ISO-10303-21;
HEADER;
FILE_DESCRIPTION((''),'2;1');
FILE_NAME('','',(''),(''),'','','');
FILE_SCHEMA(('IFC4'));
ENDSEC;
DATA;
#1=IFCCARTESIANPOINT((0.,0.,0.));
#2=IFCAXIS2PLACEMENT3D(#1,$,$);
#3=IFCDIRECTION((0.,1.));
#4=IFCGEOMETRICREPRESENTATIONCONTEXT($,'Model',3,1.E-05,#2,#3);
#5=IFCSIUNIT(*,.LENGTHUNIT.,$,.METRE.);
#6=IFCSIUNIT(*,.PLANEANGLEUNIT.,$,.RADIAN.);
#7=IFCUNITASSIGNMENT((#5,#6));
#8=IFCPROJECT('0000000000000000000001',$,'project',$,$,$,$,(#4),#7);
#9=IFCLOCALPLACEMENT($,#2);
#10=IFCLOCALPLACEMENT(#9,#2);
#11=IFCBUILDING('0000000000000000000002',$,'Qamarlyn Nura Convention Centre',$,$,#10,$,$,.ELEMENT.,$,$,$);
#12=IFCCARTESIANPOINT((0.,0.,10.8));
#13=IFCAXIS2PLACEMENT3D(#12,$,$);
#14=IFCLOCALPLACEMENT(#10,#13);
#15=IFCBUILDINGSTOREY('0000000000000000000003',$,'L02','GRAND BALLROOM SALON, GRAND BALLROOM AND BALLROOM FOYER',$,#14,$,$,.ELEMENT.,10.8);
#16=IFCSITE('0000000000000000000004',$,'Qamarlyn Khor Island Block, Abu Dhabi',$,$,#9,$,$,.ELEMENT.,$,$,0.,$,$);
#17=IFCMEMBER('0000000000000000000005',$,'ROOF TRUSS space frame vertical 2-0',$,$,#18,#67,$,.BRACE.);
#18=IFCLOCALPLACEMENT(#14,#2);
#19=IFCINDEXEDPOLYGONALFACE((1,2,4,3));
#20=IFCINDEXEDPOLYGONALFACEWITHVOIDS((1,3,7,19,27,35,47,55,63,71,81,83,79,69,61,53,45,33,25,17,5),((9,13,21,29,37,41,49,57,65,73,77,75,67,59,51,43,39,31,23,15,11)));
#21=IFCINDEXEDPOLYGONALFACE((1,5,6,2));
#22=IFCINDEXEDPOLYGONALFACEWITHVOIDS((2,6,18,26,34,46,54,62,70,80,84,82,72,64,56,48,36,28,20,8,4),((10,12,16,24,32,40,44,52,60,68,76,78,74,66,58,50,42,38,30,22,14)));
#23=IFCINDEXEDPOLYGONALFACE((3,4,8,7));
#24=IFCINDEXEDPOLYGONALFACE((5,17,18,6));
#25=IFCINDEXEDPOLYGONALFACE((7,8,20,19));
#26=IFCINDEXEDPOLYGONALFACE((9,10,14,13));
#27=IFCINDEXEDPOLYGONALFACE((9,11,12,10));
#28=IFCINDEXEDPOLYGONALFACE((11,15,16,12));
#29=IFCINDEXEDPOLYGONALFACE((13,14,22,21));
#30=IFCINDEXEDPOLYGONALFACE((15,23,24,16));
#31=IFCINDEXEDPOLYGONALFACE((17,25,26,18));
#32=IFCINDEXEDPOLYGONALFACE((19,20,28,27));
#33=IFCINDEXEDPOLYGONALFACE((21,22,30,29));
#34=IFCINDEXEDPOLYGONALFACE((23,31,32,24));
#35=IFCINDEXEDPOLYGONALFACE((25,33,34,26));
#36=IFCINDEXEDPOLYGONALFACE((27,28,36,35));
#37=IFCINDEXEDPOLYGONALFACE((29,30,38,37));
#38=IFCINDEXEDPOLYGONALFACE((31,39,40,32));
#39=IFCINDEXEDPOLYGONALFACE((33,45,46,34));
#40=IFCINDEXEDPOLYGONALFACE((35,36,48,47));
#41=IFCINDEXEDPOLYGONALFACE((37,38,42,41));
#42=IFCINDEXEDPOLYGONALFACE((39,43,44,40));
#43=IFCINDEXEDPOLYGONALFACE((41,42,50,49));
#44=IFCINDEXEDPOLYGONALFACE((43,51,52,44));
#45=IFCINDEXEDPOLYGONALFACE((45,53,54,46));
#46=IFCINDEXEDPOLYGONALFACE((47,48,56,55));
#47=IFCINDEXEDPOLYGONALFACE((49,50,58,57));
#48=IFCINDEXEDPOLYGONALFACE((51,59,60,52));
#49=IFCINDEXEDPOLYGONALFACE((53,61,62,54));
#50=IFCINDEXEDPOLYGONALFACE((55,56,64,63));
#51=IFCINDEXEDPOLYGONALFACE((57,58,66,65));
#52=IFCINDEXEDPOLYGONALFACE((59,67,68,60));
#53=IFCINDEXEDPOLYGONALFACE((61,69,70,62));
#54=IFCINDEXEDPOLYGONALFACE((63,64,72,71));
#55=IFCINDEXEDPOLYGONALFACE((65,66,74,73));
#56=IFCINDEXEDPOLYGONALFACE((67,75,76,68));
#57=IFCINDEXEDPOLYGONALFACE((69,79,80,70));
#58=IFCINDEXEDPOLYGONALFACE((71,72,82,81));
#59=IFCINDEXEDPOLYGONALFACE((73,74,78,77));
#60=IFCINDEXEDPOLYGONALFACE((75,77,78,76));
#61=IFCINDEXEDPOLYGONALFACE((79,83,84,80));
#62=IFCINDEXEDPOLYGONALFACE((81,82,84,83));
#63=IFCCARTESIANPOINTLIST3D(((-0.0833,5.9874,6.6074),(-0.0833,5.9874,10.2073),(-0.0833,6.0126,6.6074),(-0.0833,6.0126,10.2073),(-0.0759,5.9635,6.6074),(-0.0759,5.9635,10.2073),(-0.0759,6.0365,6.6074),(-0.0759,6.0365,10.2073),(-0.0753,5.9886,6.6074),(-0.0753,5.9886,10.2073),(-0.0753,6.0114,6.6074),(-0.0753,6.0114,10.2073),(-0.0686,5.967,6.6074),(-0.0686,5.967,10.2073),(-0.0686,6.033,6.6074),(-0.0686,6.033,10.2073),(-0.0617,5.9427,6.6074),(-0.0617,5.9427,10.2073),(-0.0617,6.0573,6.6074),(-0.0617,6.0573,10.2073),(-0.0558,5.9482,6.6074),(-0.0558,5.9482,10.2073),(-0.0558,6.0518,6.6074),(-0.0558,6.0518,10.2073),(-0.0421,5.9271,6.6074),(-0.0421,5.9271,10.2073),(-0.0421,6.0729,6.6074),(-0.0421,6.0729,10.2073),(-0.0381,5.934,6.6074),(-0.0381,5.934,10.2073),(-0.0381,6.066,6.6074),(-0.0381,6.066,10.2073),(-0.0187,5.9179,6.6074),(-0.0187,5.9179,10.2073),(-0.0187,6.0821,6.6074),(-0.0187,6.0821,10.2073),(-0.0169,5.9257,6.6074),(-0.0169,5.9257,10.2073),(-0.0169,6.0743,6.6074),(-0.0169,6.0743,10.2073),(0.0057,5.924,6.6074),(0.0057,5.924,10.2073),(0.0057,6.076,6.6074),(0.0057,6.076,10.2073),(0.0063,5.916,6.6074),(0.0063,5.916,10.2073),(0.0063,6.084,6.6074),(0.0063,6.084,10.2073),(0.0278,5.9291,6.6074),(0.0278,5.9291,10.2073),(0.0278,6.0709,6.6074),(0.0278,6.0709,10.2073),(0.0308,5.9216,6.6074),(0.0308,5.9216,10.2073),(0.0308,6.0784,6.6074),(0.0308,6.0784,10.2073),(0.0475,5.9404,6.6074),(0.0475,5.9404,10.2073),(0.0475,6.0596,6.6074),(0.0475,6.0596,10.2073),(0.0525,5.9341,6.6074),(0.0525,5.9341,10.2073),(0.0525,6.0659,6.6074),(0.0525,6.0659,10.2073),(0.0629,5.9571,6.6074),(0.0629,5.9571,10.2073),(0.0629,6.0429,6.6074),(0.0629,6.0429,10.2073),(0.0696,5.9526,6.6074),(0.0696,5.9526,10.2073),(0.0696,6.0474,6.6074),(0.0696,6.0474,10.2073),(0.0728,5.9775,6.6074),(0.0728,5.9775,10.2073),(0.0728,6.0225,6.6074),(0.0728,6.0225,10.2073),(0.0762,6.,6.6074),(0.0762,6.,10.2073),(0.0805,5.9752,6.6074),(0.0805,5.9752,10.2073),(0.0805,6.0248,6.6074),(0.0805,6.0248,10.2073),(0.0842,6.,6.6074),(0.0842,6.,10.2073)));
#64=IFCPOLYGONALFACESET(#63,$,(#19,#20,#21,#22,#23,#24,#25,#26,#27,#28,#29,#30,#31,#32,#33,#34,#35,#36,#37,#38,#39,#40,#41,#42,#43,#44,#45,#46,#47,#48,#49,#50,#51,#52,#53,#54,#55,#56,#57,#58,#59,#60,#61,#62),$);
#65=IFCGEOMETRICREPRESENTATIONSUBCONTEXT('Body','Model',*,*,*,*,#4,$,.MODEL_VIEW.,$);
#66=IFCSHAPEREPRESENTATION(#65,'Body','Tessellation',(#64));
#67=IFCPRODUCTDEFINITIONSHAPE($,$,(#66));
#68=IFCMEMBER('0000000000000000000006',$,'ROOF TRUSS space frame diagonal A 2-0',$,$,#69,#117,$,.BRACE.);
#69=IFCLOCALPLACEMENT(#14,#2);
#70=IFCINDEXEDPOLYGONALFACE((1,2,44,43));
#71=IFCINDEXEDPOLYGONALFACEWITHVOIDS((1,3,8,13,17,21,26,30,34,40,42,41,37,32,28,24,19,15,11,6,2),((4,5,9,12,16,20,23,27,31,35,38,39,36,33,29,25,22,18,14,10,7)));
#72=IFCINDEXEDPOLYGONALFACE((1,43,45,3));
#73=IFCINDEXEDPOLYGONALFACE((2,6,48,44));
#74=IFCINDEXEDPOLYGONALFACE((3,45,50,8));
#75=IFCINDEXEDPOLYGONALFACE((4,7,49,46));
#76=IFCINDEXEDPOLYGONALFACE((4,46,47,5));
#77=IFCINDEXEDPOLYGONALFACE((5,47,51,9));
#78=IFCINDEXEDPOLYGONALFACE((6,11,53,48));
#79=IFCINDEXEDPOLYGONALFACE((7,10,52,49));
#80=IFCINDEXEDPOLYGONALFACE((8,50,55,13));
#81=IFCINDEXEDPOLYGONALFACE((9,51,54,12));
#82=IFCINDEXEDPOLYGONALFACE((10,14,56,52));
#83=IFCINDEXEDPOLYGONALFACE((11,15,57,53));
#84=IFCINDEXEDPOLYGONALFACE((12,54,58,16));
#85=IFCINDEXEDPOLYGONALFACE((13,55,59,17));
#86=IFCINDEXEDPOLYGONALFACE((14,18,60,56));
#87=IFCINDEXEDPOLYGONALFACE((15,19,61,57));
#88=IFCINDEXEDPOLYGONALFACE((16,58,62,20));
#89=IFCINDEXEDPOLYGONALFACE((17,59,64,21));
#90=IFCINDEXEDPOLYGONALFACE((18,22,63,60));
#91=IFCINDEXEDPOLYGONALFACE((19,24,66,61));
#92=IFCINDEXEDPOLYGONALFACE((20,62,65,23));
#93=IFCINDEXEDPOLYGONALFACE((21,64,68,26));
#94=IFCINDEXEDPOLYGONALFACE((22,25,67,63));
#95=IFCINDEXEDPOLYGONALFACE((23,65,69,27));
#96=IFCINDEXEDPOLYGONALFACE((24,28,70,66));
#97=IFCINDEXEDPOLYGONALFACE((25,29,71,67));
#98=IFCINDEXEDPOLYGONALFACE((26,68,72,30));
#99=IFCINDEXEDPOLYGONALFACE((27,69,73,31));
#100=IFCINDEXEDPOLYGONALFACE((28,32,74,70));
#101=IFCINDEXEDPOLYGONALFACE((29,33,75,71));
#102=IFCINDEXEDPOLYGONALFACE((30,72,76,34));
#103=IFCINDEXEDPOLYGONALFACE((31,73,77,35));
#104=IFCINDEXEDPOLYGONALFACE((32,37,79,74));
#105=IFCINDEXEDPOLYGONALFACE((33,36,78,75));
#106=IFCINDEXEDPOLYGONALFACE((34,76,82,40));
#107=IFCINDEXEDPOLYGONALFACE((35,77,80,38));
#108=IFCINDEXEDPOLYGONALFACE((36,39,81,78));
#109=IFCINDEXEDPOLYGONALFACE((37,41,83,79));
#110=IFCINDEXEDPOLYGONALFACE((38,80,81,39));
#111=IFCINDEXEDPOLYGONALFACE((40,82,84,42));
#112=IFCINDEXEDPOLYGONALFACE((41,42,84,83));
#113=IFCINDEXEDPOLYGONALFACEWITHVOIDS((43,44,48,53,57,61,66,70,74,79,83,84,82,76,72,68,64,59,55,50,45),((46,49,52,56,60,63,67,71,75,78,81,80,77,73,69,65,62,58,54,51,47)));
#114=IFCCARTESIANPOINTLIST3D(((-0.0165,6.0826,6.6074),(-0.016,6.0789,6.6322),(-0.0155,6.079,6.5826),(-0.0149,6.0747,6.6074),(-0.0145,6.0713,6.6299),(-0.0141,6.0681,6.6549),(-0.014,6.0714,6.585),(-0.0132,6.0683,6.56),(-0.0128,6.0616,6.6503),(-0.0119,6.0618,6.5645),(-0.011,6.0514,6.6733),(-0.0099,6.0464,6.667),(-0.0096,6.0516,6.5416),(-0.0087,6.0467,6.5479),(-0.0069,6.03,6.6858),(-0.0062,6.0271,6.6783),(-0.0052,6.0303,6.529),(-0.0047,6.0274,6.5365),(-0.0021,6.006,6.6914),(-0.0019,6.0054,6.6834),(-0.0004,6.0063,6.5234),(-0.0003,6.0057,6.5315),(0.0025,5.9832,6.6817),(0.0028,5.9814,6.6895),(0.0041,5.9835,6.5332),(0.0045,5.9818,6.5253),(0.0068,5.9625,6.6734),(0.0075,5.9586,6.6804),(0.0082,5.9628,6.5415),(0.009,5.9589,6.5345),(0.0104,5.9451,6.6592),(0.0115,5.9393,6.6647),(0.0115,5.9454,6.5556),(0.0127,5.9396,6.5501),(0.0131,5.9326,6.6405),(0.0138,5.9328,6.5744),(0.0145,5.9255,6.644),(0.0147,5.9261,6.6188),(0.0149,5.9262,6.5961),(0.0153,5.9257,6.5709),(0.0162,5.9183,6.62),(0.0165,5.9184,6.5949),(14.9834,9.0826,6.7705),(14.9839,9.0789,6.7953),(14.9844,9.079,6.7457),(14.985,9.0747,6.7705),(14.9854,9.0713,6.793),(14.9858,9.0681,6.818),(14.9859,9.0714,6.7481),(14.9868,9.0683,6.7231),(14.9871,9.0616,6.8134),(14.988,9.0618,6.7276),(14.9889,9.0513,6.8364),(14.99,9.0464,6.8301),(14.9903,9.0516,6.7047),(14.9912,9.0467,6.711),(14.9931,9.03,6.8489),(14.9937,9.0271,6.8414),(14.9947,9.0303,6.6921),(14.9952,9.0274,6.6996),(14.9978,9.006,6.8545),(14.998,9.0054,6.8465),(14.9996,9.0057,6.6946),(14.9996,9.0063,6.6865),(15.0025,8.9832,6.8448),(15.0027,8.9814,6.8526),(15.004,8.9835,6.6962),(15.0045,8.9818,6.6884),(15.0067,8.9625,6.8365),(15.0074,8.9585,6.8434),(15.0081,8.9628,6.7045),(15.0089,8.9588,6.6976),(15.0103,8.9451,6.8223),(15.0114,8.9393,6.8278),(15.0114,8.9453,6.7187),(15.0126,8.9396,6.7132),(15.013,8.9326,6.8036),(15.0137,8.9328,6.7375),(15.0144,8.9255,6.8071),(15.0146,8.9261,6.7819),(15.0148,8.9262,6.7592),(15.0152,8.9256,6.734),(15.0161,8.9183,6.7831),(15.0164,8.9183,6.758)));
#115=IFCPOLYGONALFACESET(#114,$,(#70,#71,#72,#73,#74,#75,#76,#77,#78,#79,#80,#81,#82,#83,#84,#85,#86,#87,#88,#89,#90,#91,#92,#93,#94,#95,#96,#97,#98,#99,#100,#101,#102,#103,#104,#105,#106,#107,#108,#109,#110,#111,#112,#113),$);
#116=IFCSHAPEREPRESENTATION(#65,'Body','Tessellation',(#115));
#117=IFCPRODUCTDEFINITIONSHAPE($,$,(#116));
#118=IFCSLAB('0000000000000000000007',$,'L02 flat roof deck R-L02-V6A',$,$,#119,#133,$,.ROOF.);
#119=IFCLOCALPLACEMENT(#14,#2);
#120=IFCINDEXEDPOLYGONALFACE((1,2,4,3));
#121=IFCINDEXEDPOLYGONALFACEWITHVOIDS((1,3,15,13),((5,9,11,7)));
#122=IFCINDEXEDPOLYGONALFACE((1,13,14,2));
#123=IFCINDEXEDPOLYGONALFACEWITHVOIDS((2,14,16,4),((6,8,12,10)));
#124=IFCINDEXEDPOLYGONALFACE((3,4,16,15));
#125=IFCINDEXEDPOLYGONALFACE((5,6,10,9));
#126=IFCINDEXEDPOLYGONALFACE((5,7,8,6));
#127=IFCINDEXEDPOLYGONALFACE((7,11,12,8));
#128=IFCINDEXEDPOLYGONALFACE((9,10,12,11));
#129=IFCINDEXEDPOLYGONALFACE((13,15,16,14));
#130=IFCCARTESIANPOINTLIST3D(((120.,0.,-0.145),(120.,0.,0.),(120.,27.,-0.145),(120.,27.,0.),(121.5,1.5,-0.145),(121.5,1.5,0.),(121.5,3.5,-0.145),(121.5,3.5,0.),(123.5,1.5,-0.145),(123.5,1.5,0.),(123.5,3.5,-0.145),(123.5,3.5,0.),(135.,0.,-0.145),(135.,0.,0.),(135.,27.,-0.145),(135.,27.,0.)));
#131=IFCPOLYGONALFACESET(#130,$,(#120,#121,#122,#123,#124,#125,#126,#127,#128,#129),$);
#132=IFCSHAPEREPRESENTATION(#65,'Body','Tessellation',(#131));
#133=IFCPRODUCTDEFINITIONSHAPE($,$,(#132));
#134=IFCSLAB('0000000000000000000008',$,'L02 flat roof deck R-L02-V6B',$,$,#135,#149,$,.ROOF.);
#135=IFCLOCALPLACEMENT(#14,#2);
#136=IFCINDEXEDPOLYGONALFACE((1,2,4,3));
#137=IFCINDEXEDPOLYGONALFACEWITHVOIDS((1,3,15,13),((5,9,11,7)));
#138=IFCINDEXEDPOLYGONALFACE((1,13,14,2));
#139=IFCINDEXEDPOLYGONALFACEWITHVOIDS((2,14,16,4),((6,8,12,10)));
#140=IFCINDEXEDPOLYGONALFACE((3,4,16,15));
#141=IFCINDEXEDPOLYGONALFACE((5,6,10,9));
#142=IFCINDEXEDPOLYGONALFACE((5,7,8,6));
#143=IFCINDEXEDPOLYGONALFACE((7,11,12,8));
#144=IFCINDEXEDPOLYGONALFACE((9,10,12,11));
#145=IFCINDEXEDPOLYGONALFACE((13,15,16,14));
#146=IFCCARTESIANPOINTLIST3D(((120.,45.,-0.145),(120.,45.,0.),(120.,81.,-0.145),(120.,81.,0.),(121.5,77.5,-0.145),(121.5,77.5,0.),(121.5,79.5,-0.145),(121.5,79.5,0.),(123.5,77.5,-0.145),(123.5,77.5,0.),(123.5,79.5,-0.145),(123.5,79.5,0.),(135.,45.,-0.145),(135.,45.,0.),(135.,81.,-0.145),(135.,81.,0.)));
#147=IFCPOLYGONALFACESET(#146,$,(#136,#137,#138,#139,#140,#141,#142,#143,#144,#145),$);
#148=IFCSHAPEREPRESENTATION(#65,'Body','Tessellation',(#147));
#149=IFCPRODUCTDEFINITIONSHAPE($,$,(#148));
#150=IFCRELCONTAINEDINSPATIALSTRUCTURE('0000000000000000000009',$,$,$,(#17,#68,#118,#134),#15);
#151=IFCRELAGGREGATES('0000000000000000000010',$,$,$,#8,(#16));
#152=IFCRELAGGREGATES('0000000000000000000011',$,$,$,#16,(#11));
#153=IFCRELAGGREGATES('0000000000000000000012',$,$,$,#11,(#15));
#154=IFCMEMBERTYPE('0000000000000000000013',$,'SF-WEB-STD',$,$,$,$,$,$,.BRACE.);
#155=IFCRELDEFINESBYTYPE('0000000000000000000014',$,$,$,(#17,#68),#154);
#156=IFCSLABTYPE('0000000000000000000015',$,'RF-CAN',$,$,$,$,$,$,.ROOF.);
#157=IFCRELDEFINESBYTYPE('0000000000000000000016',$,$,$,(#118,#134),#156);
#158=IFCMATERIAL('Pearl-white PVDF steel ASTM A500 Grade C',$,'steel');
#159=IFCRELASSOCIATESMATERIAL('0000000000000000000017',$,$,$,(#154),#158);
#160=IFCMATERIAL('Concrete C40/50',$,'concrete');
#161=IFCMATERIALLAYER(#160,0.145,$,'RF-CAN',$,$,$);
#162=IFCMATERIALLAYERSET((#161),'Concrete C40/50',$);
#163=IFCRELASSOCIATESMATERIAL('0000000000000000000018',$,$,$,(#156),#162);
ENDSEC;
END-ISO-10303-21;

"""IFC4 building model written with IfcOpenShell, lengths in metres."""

from ifc_helpers import new_model, si_unit, direction, frame, origin, origin_2d, place, context, subcontext, project, spatial, polyline, hollow_circle, outline, extrude, material, layer, layer_set, material_profile, profile_set, type_object, element, save


model = new_model("IFC4")

# Units and contexts
model_context = context("Model", 3, precision=1e-05, world=origin(), true_north=direction((0.0, 1.0)))
body_context = subcontext(model_context, "Body", "Model", "MODEL_VIEW")
ifc_project = project(units=[si_unit("LENGTHUNIT", "METRE"), si_unit("PLANEANGLEUNIT", "RADIAN")], contexts=[model_context])

# Site, building, storey
site_placement = place(None, origin())
site = spatial("IfcSite", under=ifc_project, at=site_placement, Name="Qamarlyn Khor Island Block, Abu Dhabi", CompositionType="ELEMENT", RefElevation=0.0)
building_placement = place(site_placement, origin())
building = spatial("IfcBuilding", under=site, at=building_placement, Name="Qamarlyn Nura Convention Centre", CompositionType="ELEMENT")
storey_placement = place(building_placement, frame((0.0, 0.0, 10.8)))
storey = spatial("IfcBuildingStorey", under=building, at=storey_placement, Name="L02", Description="GRAND BALLROOM SALON, GRAND BALLROOM AND BALLROOM FOYER", CompositionType="ELEMENT", Elevation=10.8)

# Members
ifc_material_1 = material(Name="Pearl-white PVDF steel ASTM A500 Grade C", Category="steel")
ifc_material_profile_1 = material_profile(ifc_material_1, hollow_circle(Radius=0.0842, WallThickness=0.0081, at=origin_2d()), Name="CHS168.3X8")
ifc_profile_set_1 = profile_set([ifc_material_profile_1], Name="Pearl-white PVDF steel ASTM A500 Grade C")
member_type_1 = type_object("IfcMemberType", Name="SF-WEB-STD", PredefinedType="BRACE", material=ifc_profile_set_1)
member_1_placement = place(storey_placement, frame((0.0, 6.0, 6.6074), z_axis=(0.0, 0.0, 1.0), x_axis=(1.0, 0.0, 0.0)))
element("IfcMember", 1, at=member_1_placement, inside=storey, type_object=member_type_1, Name="ROOF TRUSS space frame vertical 2-0", PredefinedType="BRACE", context=body_context, shape_type="SweptSolid", body=[
    extrude(hollow_circle(Radius=0.0842, WallThickness=0.0081, at=origin_2d()), origin(), (0.0, 0.0, 1.0), 3.5999),
])
member_2_placement = place(storey_placement, frame((0.0, 6.0, 6.6074), z_axis=(0.980525, 0.196105, 0.010661), x_axis=(-0.196116, 0.980581, 0.0)))
element("IfcMember", 2, at=member_2_placement, inside=storey, type_object=member_type_1, Name="ROOF TRUSS space frame diagonal A 2-0", PredefinedType="BRACE", context=body_context, shape_type="SweptSolid", body=[
    extrude(hollow_circle(Radius=0.0842, WallThickness=0.0081, at=origin_2d()), origin(), (0.0, 0.0, 1.0), 15.2979),
])

# Slabs
ifc_material_2 = material(Name="Concrete C40/50", Category="concrete")
ifc_layer_1 = layer(ifc_material_2, 0.145, Name="RF-CAN")
ifc_layer_set_1 = layer_set([ifc_layer_1], Name="Concrete C40/50")
slab_type_1 = type_object("IfcSlabType", Name="RF-CAN", PredefinedType="ROOF", material=ifc_layer_set_1)
slab_1_placement = place(storey_placement, frame((0.0, 0.0, -0.145)))
element("IfcSlab", 3, at=slab_1_placement, inside=storey, type_object=slab_type_1, Name="L02 flat roof deck R-L02-V6A", PredefinedType="ROOF", context=body_context, shape_type="SweptSolid", body=[
    extrude(outline(polyline([(120.0, 0.0), (120.0, 27.0), (135.0, 27.0), (135.0, 0.0), (120.0, 0.0)]), holes=[polyline([(123.5, 3.5), (121.5, 3.5), (121.5, 1.5), (123.5, 1.5), (123.5, 3.5)])]), origin(), (0.0, 0.0, 1.0), 0.145),
])
slab_2_placement = place(storey_placement, frame((0.0, 0.0, -0.145)))
element("IfcSlab", 4, at=slab_2_placement, inside=storey, type_object=slab_type_1, Name="L02 flat roof deck R-L02-V6B", PredefinedType="ROOF", context=body_context, shape_type="SweptSolid", body=[
    extrude(outline(polyline([(120.0, 45.0), (120.0, 81.0), (135.0, 81.0), (135.0, 45.0), (120.0, 45.0)]), holes=[polyline([(123.5, 79.5), (121.5, 79.5), (121.5, 77.5), (123.5, 77.5), (123.5, 79.5)])]), origin(), (0.0, 0.0, 1.0), 0.145),
])

save(model, "model.ifc")
